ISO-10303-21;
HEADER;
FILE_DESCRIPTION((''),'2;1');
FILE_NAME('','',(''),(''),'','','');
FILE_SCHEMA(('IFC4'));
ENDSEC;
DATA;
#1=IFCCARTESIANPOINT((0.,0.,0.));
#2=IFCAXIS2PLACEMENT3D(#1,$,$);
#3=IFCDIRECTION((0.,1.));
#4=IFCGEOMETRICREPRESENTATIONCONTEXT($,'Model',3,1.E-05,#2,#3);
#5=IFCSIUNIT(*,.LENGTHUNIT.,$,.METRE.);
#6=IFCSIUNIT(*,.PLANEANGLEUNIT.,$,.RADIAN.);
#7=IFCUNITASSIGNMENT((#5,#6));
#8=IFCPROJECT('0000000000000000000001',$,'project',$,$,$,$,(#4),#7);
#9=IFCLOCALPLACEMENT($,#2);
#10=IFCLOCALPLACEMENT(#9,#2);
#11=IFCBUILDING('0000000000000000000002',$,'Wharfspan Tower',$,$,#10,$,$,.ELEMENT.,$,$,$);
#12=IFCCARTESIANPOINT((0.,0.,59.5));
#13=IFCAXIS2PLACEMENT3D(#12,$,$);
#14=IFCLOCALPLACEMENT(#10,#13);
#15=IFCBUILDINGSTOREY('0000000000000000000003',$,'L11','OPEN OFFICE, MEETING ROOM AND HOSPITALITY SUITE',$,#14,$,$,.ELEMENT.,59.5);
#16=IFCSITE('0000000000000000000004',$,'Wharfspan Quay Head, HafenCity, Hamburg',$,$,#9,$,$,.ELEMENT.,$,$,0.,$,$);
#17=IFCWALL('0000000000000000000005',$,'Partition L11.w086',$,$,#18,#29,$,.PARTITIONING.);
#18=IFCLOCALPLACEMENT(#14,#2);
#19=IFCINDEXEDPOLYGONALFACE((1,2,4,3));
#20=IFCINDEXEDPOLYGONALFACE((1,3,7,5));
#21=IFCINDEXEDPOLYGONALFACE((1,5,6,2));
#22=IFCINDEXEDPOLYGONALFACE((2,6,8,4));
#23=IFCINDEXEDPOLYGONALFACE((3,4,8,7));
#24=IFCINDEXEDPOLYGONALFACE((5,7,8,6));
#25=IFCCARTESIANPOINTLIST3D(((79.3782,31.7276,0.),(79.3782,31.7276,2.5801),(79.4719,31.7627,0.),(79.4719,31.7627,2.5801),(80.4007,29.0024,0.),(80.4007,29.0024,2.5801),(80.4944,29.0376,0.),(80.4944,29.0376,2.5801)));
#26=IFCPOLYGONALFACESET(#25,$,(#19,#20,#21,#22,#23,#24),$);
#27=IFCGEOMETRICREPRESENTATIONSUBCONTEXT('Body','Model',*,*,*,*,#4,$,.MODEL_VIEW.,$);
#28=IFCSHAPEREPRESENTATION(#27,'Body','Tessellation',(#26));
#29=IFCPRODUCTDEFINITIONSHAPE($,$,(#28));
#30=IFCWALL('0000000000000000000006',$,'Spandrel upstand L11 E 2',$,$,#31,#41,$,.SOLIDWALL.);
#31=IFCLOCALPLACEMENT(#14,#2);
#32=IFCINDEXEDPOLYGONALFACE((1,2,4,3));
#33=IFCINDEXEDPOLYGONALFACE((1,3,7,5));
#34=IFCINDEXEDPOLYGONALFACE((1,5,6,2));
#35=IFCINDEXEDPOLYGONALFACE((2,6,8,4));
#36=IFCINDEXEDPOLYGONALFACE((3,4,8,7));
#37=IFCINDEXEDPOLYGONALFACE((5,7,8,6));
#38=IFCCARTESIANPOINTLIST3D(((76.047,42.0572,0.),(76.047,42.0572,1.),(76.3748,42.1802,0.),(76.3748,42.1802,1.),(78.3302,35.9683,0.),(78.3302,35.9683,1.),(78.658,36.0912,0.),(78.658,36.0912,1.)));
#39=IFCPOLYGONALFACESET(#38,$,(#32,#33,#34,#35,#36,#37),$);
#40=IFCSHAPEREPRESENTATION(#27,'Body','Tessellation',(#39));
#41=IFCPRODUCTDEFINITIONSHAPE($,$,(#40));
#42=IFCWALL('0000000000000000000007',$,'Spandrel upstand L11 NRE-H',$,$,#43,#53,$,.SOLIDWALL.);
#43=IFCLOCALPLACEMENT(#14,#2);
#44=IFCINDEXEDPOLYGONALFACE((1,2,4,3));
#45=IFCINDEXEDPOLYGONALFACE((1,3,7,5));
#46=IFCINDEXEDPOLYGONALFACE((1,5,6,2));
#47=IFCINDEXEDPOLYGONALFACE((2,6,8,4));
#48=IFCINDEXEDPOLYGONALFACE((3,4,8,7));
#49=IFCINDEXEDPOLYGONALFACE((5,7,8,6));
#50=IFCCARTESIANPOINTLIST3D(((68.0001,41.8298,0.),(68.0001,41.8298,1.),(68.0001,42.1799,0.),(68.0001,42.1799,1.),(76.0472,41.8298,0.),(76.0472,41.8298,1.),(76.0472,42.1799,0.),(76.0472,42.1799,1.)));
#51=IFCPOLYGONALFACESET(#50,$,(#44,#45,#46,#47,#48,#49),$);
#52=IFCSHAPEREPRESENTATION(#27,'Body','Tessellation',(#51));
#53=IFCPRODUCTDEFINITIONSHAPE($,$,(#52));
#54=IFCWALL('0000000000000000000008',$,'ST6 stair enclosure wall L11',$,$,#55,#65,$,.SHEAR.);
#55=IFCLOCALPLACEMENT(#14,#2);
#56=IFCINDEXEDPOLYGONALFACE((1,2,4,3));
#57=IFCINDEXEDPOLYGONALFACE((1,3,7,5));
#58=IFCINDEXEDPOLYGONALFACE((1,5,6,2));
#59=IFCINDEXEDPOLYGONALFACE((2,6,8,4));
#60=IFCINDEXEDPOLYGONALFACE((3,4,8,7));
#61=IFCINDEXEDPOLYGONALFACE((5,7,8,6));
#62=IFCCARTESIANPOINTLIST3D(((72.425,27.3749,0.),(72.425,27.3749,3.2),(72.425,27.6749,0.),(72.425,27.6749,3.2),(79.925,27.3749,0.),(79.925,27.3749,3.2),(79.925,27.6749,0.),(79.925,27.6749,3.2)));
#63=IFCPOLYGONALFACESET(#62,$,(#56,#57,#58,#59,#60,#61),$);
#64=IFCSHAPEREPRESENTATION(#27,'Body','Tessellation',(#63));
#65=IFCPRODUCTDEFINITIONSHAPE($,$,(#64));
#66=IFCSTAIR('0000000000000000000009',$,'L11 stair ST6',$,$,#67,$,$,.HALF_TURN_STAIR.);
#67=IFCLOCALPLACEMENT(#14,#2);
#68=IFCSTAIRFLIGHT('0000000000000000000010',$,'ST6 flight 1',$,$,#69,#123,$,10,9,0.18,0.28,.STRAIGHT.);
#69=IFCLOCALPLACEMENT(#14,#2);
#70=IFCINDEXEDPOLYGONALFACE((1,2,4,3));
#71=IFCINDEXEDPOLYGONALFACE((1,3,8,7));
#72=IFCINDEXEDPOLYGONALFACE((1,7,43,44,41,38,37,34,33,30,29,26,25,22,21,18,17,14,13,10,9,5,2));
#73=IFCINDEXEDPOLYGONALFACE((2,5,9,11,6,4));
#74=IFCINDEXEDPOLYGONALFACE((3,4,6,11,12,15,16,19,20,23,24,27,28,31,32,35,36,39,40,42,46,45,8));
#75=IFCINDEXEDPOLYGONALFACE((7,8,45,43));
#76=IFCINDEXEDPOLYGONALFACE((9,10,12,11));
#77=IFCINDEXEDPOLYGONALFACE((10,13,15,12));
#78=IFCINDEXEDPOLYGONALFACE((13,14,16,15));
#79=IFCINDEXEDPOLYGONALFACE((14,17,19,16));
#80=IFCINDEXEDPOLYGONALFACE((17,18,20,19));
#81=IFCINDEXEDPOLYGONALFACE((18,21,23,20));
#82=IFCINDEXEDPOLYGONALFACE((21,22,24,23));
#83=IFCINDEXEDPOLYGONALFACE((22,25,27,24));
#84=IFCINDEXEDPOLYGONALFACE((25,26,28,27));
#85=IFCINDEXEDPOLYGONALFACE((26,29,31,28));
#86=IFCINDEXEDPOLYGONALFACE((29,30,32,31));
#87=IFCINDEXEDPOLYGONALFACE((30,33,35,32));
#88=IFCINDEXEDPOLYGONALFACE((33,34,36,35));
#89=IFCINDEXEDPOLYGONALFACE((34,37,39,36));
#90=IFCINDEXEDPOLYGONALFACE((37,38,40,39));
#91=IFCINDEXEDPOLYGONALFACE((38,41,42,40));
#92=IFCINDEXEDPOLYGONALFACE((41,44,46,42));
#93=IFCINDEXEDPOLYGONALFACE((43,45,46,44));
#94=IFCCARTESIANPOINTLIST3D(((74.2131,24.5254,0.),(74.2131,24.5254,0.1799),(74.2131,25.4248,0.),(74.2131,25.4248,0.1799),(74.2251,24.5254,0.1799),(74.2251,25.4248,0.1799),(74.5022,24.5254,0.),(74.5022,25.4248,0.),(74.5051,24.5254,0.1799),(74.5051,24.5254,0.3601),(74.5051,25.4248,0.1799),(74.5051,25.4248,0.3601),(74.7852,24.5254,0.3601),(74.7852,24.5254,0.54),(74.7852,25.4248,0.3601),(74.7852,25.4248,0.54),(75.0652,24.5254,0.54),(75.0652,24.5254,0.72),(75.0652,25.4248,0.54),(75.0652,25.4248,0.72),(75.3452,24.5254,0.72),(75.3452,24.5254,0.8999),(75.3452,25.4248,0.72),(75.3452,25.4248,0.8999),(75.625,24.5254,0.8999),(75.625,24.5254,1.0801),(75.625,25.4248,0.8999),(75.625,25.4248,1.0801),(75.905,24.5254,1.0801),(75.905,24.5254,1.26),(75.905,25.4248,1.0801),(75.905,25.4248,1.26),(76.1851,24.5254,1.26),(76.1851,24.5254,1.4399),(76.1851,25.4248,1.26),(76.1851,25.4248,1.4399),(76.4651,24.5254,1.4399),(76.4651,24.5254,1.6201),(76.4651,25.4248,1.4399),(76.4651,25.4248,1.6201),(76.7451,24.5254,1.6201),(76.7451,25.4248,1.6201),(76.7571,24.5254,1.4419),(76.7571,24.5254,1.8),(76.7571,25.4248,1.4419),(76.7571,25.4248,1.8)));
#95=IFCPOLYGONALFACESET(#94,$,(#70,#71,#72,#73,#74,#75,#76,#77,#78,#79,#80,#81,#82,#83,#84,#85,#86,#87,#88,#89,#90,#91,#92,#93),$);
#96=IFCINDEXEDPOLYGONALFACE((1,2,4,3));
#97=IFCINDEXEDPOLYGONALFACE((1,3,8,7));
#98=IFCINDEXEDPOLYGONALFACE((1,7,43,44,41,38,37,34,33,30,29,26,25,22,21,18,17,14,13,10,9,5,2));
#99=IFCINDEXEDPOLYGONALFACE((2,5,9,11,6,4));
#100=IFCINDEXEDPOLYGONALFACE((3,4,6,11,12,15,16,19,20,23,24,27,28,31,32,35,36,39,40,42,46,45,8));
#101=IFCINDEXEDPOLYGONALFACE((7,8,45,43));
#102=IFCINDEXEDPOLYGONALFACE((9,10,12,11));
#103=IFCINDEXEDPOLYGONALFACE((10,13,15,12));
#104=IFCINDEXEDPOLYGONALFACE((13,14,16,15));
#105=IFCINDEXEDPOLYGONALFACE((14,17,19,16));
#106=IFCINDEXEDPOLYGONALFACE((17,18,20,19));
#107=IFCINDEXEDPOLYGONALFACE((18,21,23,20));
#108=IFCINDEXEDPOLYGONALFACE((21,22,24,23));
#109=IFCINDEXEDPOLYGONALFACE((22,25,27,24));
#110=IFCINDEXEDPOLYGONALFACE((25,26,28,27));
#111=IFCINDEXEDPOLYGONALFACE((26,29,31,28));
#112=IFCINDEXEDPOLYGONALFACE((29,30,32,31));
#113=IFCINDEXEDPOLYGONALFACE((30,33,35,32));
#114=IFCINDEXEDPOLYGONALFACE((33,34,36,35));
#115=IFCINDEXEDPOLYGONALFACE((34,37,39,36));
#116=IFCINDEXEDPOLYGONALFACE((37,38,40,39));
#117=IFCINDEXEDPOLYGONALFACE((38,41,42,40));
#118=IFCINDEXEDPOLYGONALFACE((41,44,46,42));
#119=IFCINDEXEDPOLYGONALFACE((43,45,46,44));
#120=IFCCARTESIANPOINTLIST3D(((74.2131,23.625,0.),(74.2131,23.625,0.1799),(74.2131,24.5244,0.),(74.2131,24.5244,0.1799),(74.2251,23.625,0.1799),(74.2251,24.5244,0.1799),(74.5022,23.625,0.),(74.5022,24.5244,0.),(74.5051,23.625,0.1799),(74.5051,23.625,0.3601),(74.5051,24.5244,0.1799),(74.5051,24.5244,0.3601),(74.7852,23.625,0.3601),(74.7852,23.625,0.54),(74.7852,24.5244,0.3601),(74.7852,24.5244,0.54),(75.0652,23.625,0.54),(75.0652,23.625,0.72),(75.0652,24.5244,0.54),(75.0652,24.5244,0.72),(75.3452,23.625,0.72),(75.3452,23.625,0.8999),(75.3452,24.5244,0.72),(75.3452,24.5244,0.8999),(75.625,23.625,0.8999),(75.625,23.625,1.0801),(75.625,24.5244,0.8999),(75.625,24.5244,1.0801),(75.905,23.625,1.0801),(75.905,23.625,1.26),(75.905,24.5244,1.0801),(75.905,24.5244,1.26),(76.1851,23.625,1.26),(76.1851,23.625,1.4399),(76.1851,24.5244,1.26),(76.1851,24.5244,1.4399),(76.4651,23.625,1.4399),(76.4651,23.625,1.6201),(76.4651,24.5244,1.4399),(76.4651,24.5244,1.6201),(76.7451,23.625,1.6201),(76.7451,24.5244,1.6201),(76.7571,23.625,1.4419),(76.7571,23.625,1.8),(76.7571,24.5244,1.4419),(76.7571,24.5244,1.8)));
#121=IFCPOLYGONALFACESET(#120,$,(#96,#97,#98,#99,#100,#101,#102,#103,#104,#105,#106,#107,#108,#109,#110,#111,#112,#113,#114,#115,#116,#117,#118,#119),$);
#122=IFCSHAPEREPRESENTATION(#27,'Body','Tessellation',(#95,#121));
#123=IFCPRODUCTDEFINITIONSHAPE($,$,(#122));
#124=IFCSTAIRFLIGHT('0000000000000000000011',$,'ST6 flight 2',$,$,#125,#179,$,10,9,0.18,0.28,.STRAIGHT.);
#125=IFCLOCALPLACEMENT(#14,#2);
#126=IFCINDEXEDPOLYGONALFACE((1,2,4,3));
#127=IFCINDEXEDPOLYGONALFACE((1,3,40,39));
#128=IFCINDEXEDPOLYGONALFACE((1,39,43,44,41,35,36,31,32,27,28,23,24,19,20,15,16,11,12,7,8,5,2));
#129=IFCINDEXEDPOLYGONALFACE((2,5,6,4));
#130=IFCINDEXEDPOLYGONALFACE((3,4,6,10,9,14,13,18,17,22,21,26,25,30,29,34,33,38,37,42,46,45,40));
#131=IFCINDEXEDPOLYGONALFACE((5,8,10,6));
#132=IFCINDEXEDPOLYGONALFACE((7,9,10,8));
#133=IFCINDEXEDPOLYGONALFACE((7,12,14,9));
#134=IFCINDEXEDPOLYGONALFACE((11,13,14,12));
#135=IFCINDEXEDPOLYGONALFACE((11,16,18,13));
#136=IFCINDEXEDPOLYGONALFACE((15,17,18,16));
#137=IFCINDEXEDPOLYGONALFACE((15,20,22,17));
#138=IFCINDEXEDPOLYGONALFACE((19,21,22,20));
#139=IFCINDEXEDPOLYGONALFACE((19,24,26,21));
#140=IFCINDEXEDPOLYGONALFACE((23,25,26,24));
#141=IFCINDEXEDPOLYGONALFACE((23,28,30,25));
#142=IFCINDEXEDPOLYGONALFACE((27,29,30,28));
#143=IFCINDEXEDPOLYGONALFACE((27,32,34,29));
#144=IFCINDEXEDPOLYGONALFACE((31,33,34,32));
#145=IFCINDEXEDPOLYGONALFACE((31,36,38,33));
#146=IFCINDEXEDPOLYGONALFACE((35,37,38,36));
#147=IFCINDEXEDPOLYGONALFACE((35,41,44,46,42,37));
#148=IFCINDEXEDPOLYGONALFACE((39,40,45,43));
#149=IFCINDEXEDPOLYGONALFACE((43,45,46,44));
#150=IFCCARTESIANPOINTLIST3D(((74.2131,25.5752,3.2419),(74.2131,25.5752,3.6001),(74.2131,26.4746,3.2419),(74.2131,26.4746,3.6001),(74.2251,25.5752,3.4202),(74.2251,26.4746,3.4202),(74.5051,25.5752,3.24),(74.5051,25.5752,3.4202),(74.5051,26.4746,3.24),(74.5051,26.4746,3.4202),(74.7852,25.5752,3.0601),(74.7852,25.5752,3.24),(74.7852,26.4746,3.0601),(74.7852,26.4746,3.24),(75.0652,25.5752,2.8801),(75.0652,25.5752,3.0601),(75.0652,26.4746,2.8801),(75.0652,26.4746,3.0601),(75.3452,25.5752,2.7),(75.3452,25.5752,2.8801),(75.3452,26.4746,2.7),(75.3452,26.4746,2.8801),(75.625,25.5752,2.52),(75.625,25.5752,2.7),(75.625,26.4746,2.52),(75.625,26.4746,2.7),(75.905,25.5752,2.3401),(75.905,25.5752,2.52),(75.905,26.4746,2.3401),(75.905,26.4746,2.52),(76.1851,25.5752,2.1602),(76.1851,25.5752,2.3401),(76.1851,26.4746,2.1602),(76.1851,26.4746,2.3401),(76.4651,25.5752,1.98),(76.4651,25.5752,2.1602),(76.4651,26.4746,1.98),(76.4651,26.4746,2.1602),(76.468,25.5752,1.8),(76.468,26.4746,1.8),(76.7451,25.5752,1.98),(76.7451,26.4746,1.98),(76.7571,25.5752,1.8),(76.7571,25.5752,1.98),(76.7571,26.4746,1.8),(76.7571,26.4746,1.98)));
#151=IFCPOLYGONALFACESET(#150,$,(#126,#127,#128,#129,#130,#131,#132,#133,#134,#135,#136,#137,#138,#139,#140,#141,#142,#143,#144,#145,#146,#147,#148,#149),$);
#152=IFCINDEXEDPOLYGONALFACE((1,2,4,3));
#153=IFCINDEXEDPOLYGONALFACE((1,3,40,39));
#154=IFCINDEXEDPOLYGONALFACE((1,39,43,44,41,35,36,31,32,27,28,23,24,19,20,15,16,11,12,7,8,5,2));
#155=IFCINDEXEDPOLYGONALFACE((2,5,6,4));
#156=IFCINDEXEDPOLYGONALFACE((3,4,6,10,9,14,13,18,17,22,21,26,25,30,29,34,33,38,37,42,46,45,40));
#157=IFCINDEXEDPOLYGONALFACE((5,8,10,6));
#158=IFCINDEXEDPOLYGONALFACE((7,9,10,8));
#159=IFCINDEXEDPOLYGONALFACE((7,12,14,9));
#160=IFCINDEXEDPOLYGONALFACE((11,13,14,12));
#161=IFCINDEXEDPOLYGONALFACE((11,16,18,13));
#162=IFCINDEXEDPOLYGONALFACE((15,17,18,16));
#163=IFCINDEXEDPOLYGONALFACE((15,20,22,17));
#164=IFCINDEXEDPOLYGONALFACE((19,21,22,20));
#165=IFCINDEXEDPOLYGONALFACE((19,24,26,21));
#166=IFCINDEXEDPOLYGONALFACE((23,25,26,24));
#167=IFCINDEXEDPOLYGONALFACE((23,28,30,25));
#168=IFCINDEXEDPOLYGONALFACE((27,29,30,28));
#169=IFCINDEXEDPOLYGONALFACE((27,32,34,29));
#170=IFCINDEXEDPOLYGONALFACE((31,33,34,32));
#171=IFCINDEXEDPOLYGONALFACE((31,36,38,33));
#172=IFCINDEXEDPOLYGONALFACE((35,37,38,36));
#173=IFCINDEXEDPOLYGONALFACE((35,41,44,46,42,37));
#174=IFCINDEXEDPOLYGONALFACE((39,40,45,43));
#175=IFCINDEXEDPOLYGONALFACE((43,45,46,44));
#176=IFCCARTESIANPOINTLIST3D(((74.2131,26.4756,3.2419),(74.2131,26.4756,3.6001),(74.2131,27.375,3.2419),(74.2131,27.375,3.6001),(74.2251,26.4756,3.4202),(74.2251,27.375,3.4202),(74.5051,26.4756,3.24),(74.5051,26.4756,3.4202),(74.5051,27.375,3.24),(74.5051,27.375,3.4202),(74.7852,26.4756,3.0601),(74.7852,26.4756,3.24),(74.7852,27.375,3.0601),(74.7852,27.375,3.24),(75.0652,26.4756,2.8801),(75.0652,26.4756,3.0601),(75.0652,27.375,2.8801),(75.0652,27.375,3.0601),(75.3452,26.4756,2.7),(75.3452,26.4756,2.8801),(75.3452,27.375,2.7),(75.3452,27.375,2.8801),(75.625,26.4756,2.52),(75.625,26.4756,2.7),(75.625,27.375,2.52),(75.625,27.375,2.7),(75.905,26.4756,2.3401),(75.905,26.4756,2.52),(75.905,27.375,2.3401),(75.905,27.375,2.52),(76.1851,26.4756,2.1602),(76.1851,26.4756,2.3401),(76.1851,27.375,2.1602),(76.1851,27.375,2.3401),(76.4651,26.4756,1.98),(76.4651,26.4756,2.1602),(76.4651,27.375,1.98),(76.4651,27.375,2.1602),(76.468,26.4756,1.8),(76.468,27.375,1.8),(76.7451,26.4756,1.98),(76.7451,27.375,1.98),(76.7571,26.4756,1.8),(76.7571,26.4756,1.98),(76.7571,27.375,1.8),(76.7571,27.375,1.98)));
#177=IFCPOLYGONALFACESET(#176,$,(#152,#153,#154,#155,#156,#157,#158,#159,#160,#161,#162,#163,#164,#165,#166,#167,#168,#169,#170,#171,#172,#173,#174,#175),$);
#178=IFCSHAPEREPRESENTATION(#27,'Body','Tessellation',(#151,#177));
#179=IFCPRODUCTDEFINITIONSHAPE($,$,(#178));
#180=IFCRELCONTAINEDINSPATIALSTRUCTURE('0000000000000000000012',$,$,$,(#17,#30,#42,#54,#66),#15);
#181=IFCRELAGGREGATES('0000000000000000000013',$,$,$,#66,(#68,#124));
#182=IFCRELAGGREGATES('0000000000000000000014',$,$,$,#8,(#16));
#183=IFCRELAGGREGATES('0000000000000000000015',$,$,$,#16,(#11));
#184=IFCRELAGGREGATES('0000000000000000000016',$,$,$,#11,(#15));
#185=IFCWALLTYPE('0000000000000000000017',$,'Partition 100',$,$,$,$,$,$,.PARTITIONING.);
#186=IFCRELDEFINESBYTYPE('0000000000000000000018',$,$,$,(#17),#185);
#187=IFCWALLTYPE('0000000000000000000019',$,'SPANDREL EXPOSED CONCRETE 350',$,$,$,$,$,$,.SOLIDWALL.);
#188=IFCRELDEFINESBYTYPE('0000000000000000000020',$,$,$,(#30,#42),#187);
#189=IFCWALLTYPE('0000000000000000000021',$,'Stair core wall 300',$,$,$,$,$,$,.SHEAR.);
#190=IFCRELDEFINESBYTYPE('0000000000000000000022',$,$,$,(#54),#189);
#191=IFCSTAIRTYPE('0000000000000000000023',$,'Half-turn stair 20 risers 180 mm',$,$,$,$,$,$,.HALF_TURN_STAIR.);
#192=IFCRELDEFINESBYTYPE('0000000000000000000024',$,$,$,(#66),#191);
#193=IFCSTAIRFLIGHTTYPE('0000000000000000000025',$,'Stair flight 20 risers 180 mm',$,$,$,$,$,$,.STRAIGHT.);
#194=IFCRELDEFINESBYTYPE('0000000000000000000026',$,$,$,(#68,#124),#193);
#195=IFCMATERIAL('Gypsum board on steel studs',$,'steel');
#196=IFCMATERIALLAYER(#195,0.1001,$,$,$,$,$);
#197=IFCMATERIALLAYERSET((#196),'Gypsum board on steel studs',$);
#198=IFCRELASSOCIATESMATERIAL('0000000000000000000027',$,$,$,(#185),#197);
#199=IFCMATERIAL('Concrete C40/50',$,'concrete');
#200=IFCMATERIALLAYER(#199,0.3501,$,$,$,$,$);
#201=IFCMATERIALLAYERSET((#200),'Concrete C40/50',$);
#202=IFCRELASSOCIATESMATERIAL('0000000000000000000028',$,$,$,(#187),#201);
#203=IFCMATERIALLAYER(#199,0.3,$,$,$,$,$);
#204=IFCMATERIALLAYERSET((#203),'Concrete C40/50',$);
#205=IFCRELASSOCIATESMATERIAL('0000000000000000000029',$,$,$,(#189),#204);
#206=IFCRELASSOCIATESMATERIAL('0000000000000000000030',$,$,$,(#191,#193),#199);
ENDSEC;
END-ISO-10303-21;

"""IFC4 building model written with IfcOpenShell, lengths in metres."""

from ifc_helpers import new_model, si_unit, direction, frame, frame_2d, origin, place, context, subcontext, project, spatial, polyline, rectangle, outline, extrude, material, layer, layer_set, type_object, element, aggregate, save


model = new_model("IFC4")

# Units and contexts
model_context = context("Model", 3, precision=1e-05, world=origin(), true_north=direction((0.0, 1.0)))
body_context = subcontext(model_context, "Body", "Model", "MODEL_VIEW")
ifc_project = project(units=[si_unit("LENGTHUNIT", "METRE"), si_unit("PLANEANGLEUNIT", "RADIAN")], contexts=[model_context])

# Site, building, storey
site_placement = place(None, origin())
site = spatial("IfcSite", under=ifc_project, at=site_placement, Name="Wharfspan Quay Head, HafenCity, Hamburg", CompositionType="ELEMENT", RefElevation=0.0)
building_placement = place(site_placement, origin())
building = spatial("IfcBuilding", under=site, at=building_placement, Name="Wharfspan Tower", CompositionType="ELEMENT")
storey_placement = place(building_placement, frame((0.0, 0.0, 59.5)))
storey = spatial("IfcBuildingStorey", under=building, at=storey_placement, Name="L11", Description="OPEN OFFICE, MEETING ROOM AND HOSPITALITY SUITE", CompositionType="ELEMENT", Elevation=59.5)

# Walls
ifc_material_1 = material(Name="Gypsum board on steel studs", Category="steel")
ifc_layer_1 = layer(ifc_material_1, 0.1001)
ifc_layer_set_1 = layer_set([ifc_layer_1], Name="Gypsum board on steel studs")
wall_type_1 = type_object("IfcWallType", Name="Partition 100", PredefinedType="PARTITIONING", material=ifc_layer_set_1)
wall_1_placement = place(storey_placement, frame((80.4475, 29.02, 0.0), z_axis=(0.0, 0.0, 1.0), x_axis=(-0.35129, 0.93627, 0.0)))
element("IfcWall", 1, at=wall_1_placement, inside=storey, type_object=wall_type_1, Name="Partition L11.w086", PredefinedType="PARTITIONING", context=body_context, shape_type="SweptSolid", body=[
    extrude(rectangle(XDim=2.9106, YDim=0.1001, at=frame_2d((1.4553, 0.0))), origin(), (0.0, 0.0, 1.0), 2.5801),
])
ifc_material_2 = material(Name="Concrete C40/50", Category="concrete")
ifc_layer_2 = layer(ifc_material_2, 0.3501)
ifc_layer_set_2 = layer_set([ifc_layer_2], Name="Concrete C40/50")
wall_type_2 = type_object("IfcWallType", Name="SPANDREL EXPOSED CONCRETE 350", PredefinedType="SOLIDWALL", material=ifc_layer_set_2)
wall_2_placement = place(storey_placement, frame((78.4941, 36.0298, 0.0), z_axis=(0.0, 0.0, 1.0), x_axis=(-0.351108, 0.936338, 0.0)))
element("IfcWall", 2, at=wall_2_placement, inside=storey, type_object=wall_type_2, Name="Spandrel upstand L11 E 2", PredefinedType="SOLIDWALL", context=body_context, shape_type="SweptSolid", body=[
    extrude(rectangle(XDim=6.5029, YDim=0.3501, at=frame_2d((3.2515, 0.0))), origin(), (0.0, 0.0, 1.0), 1.0),
])
wall_3_placement = place(storey_placement, frame((76.0471, 42.0049, 0.0), z_axis=(0.0, 0.0, 1.0), x_axis=(-1.0, 0.0, 0.0)))
element("IfcWall", 3, at=wall_3_placement, inside=storey, type_object=wall_type_2, Name="Spandrel upstand L11 NRE-H", PredefinedType="SOLIDWALL", context=body_context, shape_type="SweptSolid", body=[
    extrude(rectangle(XDim=8.0471, YDim=0.3501, at=frame_2d((4.0234, 0.0))), origin(), (0.0, 0.0, 1.0), 1.0),
])
ifc_layer_3 = layer(ifc_material_2, 0.3)
ifc_layer_set_3 = layer_set([ifc_layer_3], Name="Concrete C40/50")
wall_type_3 = type_object("IfcWallType", Name="Stair core wall 300", PredefinedType="SHEAR", material=ifc_layer_set_3)
wall_4_placement = place(storey_placement, frame((72.425, 27.5249, 0.0), z_axis=(0.0, 0.0, 1.0), x_axis=(1.0, 0.0, 0.0)))
element("IfcWall", 4, at=wall_4_placement, inside=storey, type_object=wall_type_3, Name="ST6 stair enclosure wall L11", PredefinedType="SHEAR", context=body_context, shape_type="SweptSolid", body=[
    extrude(rectangle(XDim=7.5, YDim=0.3, at=frame_2d((3.75, 0.0))), origin(), (0.0, 0.0, 1.0), 3.2),
])

# Stair, stair flights
stair_type = type_object("IfcStairType", Name="Half-turn stair 20 risers 180 mm", PredefinedType="HALF_TURN_STAIR", material=ifc_material_2)
stair_placement = place(storey_placement, origin())
stair = element("IfcStair", 5, at=stair_placement, inside=storey, type_object=stair_type, Name="L11 stair ST6", PredefinedType="HALF_TURN_STAIR")
stair_flight_type = type_object("IfcStairFlightType", Name="Stair flight 20 risers 180 mm", PredefinedType="STRAIGHT", material=ifc_material_2)
stair_flight_1_placement = place(storey_placement, frame((74.2251, 24.5249, 0.0), z_axis=(0.0, 0.0, 1.0), x_axis=(1.0, 0.0, 0.0)))
stair_flight_1 = element("IfcStairFlight", 6, at=stair_flight_1_placement, type_object=stair_flight_type, Name="ST6 flight 1", NumberOfRisers=10, NumberOfTreads=9, PredefinedType="STRAIGHT", RiserHeight=0.18, TreadLength=0.28, context=body_context, shape_type="SweptSolid", body=[
    extrude(outline(polyline([(-0.012, 0.0), (-0.012, 0.1799), (0.0, 0.1799), (0.28, 0.1799), (0.28, 0.3601), (0.5601, 0.3601), (0.5601, 0.54), (0.8401, 0.54), (0.8401, 0.72), (1.1201, 0.72), (1.1201, 0.8999), (1.3999, 0.8999), (1.3999, 1.0801), (1.6799, 1.0801), (1.6799, 1.26), (1.96, 1.26), (1.96, 1.4399), (2.24, 1.4399), (2.24, 1.6201), (2.52, 1.6201), (2.532, 1.8), (2.532, 1.4419), (0.2771, 0.0), (-0.012, 0.0)])), frame((0.0, 0.8999, 0.0), z_axis=(0.0, -1.0, 0.0), x_axis=(1.0, 0.0, 0.0)), (0.0, 0.0, 1.0), 0.8994),
    extrude(outline(polyline([(-0.012, 0.0), (-0.012, 0.1799), (0.0, 0.1799), (0.28, 0.1799), (0.28, 0.3601), (0.5601, 0.3601), (0.5601, 0.54), (0.8401, 0.54), (0.8401, 0.72), (1.1201, 0.72), (1.1201, 0.8999), (1.3999, 0.8999), (1.3999, 1.0801), (1.6799, 1.0801), (1.6799, 1.26), (1.96, 1.26), (1.96, 1.4399), (2.24, 1.4399), (2.24, 1.6201), (2.52, 1.6201), (2.532, 1.8), (2.532, 1.4419), (0.2771, 0.0), (-0.012, 0.0)])), frame((0.0, -0.0005, 0.0), z_axis=(0.0, -1.0, 0.0), x_axis=(1.0, 0.0, 0.0)), (0.0, 0.0, 1.0), 0.8994),
])
stair_flight_2_placement = place(storey_placement, frame((76.7451, 26.4751, 1.8), z_axis=(0.0, 0.0, 1.0), x_axis=(-1.0, 0.0, 0.0)))
stair_flight_2 = element("IfcStairFlight", 7, at=stair_flight_2_placement, type_object=stair_flight_type, Name="ST6 flight 2", NumberOfRisers=10, NumberOfTreads=9, PredefinedType="STRAIGHT", RiserHeight=0.18, TreadLength=0.28, context=body_context, shape_type="SweptSolid", body=[
    extrude(outline(polyline([(-0.012, 0.0), (-0.012, 0.1799), (0.0, 0.1799), (0.28, 0.1799), (0.28, 0.3601), (0.5601, 0.3601), (0.5601, 0.54), (0.8401, 0.54), (0.8401, 0.72), (1.1201, 0.72), (1.1201, 0.8999), (1.3999, 0.8999), (1.3999, 1.0801), (1.6799, 1.0801), (1.6799, 1.26), (1.96, 1.26), (1.96, 1.4399), (2.24, 1.4399), (2.24, 1.6201), (2.52, 1.6201), (2.532, 1.8), (2.532, 1.4419), (0.2771, 0.0), (-0.012, 0.0)])), frame((0.0, 0.8999, 0.0), z_axis=(0.0, -1.0, 0.0), x_axis=(1.0, 0.0, 0.0)), (0.0, 0.0, 1.0), 0.8994),
    extrude(outline(polyline([(-0.012, 0.0), (-0.012, 0.1799), (0.0, 0.1799), (0.28, 0.1799), (0.28, 0.3601), (0.5601, 0.3601), (0.5601, 0.54), (0.8401, 0.54), (0.8401, 0.72), (1.1201, 0.72), (1.1201, 0.8999), (1.3999, 0.8999), (1.3999, 1.0801), (1.6799, 1.0801), (1.6799, 1.26), (1.96, 1.26), (1.96, 1.4399), (2.24, 1.4399), (2.24, 1.6201), (2.52, 1.6201), (2.532, 1.8), (2.532, 1.4419), (0.2771, 0.0), (-0.012, 0.0)])), frame((0.0, -0.0005, 0.0), z_axis=(0.0, -1.0, 0.0), x_axis=(1.0, 0.0, 0.0)), (0.0, 0.0, 1.0), 0.8994),
])
aggregate(stair, [stair_flight_1, stair_flight_2])

save(model, "model.ifc")
